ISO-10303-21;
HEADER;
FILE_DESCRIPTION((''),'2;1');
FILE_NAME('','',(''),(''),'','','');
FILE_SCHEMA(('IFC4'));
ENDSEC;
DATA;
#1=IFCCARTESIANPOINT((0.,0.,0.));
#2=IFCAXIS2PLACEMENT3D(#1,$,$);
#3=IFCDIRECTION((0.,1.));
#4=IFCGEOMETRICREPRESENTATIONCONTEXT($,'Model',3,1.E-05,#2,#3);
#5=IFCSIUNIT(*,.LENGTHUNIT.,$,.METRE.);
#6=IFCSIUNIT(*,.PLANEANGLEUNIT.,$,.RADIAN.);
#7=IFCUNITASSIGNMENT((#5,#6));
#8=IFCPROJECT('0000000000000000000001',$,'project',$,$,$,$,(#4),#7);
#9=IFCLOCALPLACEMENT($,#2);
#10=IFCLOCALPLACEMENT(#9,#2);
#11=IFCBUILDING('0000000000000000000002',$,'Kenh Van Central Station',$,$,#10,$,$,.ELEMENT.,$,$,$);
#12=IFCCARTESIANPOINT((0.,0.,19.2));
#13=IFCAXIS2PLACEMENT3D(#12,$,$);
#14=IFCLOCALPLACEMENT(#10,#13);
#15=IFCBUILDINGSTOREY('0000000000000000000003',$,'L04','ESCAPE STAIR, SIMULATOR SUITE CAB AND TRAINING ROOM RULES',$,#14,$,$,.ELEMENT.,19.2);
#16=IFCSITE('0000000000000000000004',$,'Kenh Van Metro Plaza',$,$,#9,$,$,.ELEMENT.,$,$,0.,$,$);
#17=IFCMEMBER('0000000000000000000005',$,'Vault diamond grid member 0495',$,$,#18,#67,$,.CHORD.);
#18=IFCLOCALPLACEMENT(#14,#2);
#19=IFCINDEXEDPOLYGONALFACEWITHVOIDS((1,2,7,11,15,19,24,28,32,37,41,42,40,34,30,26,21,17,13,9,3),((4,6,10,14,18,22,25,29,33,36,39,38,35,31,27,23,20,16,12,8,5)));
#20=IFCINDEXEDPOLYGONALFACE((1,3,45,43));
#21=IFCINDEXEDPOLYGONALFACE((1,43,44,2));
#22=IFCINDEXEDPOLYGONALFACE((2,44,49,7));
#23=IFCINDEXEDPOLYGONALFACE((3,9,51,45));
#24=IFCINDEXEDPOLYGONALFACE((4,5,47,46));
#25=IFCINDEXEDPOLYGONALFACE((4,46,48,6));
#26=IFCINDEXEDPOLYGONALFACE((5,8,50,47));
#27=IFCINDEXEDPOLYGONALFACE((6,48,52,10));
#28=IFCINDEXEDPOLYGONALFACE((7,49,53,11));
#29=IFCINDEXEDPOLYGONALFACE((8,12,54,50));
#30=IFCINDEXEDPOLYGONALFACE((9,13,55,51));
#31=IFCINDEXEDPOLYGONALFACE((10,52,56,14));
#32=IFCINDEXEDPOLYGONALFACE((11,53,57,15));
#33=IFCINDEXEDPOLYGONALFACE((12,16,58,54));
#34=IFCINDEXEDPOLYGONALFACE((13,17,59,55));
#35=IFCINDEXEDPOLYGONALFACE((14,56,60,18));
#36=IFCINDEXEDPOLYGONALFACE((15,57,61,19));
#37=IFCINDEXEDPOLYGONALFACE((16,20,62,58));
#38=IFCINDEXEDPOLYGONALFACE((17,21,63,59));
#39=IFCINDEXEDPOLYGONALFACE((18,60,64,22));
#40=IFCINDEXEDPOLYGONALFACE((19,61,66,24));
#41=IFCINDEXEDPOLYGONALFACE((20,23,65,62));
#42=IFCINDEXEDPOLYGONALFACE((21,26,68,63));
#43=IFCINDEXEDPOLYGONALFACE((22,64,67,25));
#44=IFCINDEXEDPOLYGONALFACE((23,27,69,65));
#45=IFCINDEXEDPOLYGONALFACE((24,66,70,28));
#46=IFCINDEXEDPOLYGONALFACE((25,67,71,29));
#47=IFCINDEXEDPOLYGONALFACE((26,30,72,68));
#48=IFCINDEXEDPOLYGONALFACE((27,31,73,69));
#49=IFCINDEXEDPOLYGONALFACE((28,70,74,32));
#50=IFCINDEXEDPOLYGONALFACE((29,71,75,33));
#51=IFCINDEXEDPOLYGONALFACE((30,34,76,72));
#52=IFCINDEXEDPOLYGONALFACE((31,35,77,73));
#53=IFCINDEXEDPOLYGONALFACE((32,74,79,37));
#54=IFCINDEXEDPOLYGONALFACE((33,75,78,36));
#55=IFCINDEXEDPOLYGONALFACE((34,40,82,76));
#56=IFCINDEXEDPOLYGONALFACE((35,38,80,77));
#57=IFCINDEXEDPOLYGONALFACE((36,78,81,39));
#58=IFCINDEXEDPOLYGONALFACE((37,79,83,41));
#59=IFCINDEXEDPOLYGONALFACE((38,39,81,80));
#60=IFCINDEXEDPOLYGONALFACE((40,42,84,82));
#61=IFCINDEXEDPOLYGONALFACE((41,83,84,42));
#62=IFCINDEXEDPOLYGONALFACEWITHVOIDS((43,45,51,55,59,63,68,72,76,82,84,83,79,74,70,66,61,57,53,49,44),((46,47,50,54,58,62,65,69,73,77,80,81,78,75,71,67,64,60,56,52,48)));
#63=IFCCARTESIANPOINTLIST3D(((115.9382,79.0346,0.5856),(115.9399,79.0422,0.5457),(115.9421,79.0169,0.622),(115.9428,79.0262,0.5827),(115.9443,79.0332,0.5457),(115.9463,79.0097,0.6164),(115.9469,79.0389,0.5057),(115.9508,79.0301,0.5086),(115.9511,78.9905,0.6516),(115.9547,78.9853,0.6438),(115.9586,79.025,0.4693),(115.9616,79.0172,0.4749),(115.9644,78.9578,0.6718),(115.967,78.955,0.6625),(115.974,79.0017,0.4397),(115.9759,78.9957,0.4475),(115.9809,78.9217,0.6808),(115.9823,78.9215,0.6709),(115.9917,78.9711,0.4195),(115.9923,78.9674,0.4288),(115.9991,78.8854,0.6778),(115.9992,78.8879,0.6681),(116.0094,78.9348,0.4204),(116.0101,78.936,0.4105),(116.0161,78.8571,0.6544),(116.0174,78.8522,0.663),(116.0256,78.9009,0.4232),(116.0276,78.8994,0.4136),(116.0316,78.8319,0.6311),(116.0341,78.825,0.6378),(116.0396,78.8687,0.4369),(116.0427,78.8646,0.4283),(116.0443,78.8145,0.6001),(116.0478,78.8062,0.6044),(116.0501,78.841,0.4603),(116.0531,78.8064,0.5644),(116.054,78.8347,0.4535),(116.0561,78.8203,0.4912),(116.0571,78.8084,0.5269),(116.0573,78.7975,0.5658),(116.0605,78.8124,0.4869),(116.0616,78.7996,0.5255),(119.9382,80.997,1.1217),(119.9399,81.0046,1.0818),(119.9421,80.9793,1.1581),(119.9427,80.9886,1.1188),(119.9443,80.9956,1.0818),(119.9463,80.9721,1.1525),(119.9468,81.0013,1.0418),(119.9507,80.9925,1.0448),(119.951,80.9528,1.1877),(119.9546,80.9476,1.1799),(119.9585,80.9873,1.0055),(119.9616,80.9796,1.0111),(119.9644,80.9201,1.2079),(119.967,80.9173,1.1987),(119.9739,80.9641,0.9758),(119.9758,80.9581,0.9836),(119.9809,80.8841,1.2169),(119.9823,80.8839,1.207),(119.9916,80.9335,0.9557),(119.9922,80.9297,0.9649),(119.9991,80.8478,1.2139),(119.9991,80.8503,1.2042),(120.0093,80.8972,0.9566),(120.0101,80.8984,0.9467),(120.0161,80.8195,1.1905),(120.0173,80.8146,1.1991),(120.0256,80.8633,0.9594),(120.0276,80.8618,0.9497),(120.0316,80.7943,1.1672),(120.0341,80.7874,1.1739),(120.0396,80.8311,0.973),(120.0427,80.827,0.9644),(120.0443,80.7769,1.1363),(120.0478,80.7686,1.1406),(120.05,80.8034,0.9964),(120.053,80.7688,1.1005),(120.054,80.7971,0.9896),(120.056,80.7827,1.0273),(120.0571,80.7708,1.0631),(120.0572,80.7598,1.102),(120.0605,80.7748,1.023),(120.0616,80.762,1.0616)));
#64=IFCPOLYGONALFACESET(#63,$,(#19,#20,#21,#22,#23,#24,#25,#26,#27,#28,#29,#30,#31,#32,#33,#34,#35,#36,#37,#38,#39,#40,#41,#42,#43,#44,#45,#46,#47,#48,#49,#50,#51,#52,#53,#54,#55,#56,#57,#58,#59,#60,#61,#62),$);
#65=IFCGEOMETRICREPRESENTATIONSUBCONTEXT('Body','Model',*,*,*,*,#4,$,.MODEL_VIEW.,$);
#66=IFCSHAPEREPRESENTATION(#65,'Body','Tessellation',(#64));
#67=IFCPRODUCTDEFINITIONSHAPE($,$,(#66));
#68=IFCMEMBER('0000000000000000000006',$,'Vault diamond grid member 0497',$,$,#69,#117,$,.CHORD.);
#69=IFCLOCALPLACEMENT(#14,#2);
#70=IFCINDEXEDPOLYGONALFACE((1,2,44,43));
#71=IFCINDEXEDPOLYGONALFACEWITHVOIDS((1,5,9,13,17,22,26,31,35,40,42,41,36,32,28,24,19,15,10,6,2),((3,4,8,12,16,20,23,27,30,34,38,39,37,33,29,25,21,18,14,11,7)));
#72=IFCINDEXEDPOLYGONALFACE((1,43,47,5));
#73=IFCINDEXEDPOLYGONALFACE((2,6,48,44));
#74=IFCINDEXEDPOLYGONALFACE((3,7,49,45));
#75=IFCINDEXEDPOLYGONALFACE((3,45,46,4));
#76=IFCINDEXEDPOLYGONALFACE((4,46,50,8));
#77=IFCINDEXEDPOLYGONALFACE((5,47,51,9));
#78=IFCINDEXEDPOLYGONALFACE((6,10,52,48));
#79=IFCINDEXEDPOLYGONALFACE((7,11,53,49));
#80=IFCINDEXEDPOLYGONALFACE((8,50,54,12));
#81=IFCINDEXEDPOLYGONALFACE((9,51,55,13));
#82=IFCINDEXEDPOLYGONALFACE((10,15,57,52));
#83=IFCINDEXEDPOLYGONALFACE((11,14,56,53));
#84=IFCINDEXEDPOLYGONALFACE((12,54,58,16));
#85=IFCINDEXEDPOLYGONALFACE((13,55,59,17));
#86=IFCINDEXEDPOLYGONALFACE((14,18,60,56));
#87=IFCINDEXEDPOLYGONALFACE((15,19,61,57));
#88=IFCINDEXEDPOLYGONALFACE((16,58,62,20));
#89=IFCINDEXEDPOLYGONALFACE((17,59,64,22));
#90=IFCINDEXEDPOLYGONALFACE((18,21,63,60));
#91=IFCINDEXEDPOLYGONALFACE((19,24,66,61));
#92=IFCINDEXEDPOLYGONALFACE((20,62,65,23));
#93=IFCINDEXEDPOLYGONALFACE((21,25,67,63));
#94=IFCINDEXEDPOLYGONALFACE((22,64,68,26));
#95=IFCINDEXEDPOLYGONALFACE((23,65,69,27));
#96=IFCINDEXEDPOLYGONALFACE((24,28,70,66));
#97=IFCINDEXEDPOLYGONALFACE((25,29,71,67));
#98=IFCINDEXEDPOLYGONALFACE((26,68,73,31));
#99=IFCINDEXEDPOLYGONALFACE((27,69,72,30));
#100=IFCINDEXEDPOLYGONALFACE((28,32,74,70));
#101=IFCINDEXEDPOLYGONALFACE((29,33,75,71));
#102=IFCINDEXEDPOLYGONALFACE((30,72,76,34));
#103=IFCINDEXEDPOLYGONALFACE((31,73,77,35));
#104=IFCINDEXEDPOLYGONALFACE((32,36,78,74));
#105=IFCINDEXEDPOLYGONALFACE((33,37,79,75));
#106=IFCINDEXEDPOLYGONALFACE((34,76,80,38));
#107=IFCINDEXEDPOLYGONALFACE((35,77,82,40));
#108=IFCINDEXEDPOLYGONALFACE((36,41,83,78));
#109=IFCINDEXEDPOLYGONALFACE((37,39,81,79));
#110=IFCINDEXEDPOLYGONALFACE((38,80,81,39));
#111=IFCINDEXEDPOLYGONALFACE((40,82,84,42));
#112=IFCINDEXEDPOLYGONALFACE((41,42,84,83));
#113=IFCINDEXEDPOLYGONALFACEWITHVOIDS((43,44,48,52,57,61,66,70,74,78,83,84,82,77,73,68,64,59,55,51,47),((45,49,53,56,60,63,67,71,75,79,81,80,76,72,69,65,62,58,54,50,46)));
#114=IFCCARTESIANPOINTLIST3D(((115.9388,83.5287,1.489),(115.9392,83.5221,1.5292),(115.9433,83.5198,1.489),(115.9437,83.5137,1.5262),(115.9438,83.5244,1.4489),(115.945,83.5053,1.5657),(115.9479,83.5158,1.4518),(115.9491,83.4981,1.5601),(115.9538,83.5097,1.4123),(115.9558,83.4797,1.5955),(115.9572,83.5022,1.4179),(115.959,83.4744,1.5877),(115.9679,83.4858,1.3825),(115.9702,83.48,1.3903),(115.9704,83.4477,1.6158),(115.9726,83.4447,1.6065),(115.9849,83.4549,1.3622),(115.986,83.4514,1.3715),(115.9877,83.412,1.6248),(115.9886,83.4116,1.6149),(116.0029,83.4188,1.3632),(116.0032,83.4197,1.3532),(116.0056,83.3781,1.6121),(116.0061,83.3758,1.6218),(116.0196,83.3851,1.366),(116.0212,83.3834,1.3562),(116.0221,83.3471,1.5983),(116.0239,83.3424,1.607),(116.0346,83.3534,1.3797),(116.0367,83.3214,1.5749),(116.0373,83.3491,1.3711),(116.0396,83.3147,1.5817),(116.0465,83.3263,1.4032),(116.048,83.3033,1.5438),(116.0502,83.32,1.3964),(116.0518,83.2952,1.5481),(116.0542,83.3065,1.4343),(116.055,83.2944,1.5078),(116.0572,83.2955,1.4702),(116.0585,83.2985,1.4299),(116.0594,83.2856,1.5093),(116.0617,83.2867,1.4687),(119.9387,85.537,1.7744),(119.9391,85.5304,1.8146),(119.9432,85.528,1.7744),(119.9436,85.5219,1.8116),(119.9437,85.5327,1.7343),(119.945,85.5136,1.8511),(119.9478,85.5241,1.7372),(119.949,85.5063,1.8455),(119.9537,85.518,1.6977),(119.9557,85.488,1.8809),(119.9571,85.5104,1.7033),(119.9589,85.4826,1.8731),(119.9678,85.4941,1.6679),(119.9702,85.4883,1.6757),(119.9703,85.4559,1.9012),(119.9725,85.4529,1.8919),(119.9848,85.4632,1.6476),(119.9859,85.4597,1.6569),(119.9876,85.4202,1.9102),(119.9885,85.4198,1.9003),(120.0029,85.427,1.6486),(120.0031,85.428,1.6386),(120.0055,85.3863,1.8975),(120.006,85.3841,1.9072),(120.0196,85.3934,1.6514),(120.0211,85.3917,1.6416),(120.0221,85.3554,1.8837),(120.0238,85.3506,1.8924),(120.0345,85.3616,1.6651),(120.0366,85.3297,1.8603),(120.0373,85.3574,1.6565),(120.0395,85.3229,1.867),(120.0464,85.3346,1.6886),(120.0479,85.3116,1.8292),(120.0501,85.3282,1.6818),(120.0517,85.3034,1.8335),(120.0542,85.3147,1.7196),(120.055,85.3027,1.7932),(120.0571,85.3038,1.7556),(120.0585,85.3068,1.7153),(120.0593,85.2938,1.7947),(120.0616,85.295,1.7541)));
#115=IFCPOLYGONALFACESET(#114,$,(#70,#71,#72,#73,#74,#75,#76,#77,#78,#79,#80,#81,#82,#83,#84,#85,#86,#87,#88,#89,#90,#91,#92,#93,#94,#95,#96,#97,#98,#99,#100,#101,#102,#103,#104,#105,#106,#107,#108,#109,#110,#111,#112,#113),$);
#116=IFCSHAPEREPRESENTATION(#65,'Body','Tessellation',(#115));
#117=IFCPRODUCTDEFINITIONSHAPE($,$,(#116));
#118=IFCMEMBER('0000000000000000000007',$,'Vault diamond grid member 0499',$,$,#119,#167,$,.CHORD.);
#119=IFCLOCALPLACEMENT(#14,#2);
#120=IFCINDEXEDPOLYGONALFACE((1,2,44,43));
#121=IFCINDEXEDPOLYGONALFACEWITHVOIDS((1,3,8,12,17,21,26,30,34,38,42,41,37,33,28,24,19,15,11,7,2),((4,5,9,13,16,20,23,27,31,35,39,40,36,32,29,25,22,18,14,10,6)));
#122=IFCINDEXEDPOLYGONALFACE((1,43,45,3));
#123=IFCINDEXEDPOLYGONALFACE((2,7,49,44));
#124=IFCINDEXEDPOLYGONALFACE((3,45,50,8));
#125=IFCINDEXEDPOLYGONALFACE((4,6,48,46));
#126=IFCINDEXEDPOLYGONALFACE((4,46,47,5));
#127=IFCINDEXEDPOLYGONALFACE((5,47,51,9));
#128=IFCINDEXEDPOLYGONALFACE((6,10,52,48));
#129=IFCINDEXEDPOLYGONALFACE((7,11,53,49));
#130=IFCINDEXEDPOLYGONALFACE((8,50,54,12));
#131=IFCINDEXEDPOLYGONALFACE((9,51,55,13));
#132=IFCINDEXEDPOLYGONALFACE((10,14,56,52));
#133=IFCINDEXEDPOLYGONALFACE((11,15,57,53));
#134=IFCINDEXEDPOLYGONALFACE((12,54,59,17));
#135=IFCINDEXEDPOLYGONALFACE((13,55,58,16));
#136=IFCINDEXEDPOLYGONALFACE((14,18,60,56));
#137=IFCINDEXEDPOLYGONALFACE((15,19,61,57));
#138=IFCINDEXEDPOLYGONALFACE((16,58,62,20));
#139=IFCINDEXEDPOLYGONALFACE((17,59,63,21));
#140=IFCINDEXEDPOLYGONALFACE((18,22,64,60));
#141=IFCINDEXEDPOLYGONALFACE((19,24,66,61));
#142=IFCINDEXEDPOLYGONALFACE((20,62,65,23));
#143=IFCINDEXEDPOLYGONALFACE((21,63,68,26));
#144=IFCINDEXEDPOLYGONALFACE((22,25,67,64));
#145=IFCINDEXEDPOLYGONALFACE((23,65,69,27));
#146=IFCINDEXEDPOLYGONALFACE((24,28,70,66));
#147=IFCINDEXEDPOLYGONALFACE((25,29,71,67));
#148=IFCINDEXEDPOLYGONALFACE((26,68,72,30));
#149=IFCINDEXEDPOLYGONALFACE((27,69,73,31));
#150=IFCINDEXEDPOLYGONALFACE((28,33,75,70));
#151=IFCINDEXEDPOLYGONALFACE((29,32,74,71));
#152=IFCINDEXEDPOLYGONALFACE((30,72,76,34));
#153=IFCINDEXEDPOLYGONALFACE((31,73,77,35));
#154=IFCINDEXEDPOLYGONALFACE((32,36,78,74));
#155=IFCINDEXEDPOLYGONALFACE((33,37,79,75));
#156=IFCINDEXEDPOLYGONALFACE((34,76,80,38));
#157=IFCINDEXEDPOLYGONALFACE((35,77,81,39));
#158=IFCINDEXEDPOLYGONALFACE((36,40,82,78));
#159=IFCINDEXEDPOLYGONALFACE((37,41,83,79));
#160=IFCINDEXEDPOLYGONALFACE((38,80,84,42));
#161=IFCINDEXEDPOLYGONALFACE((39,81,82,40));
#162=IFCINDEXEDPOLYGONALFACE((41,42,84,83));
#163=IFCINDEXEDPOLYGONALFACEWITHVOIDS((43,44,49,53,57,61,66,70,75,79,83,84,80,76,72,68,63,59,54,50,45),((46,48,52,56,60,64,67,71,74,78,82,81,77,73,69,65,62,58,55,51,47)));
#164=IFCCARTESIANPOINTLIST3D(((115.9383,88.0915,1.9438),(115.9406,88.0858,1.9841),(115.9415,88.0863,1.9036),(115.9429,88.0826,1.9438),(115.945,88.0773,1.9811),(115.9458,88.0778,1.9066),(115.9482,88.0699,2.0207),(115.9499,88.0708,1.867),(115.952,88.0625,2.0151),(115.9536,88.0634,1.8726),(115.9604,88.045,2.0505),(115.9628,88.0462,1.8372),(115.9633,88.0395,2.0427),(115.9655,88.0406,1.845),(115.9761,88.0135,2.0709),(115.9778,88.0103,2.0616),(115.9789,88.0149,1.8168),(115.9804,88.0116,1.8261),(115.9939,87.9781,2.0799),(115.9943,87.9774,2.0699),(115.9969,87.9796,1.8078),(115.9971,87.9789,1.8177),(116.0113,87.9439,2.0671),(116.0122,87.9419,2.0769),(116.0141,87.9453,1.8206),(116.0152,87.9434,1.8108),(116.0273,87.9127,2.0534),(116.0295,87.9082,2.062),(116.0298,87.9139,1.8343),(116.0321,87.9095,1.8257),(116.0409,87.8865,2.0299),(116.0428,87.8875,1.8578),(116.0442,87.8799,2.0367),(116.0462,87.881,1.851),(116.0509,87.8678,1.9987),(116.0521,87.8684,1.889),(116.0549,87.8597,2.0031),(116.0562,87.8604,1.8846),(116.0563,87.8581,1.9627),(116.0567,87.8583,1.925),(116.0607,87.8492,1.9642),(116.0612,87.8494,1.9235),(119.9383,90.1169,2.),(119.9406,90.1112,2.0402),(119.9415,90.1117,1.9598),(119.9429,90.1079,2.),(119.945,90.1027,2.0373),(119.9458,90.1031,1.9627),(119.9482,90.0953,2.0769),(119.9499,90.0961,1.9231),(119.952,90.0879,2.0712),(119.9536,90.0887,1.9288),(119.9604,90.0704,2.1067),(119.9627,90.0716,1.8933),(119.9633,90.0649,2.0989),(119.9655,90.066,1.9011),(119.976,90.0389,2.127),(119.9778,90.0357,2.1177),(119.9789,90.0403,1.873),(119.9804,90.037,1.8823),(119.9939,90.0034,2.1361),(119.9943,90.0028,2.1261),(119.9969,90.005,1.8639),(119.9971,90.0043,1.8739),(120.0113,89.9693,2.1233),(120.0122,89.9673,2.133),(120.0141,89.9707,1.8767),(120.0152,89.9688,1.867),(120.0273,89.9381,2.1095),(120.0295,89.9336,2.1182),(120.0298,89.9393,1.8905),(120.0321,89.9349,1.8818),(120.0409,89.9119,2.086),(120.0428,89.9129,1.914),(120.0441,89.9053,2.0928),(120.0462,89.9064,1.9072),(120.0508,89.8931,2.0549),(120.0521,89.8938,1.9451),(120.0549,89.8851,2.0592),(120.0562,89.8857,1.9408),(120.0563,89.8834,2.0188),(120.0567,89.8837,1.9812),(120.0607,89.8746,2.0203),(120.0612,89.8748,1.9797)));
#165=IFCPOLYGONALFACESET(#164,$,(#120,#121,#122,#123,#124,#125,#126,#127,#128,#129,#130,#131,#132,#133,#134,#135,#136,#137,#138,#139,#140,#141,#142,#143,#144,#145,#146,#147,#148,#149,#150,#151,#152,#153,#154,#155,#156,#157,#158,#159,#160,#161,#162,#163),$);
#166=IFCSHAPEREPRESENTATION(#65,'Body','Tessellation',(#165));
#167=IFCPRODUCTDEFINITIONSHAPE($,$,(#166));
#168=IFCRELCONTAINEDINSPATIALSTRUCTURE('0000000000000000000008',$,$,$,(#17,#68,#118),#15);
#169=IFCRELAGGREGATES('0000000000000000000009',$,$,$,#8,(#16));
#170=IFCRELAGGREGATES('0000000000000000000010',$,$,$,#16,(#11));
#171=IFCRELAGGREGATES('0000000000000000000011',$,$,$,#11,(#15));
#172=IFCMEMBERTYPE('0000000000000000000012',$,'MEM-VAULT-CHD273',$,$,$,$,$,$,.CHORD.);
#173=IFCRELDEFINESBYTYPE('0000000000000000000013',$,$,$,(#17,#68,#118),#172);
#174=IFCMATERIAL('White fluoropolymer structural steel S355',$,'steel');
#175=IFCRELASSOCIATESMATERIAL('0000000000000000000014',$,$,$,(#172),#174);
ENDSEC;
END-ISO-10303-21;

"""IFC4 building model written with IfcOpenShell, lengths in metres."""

from ifc_helpers import new_model, si_unit, direction, frame, origin, origin_2d, place, context, subcontext, project, spatial, hollow_circle, extrude, material, material_profile, profile_set, type_object, element, save


model = new_model("IFC4")

# Units and contexts
model_context = context("Model", 3, precision=1e-05, world=origin(), true_north=direction((0.0, 1.0)))
body_context = subcontext(model_context, "Body", "Model", "MODEL_VIEW")
ifc_project = project(units=[si_unit("LENGTHUNIT", "METRE"), si_unit("PLANEANGLEUNIT", "RADIAN")], contexts=[model_context])

# Site, building, storey
site_placement = place(None, origin())
site = spatial("IfcSite", under=ifc_project, at=site_placement, Name="Kenh Van Metro Plaza", CompositionType="ELEMENT", RefElevation=0.0)
building_placement = place(site_placement, origin())
building = spatial("IfcBuilding", under=site, at=building_placement, Name="Kenh Van Central Station", CompositionType="ELEMENT")
storey_placement = place(building_placement, frame((0.0, 0.0, 19.2)))
storey = spatial("IfcBuildingStorey", under=building, at=storey_placement, Name="L04", Description="ESCAPE STAIR, SIMULATOR SUITE CAB AND TRAINING ROOM RULES", CompositionType="ELEMENT", Elevation=19.2)

# Shared definitions
ifc_material_1 = material(Name="White fluoropolymer structural steel S355", Category="steel")

# Members
ifc_material_profile_1 = material_profile(ifc_material_1, hollow_circle(Radius=0.1365, WallThickness=0.01, at=origin_2d()), Name="CHS 273x10")
ifc_profile_set_1 = profile_set([ifc_material_profile_1], Name="White fluoropolymer structural steel S355")
member_type_1 = type_object("IfcMemberType", Name="MEM-VAULT-CHD273", PredefinedType="CHORD", material=ifc_profile_set_1)
member_1_placement = place(storey_placement, frame((116.0, 78.9197, 0.5457), z_axis=(0.891347, 0.437295, 0.11947), x_axis=(-0.44045, 0.897777, 0.0)))
element("IfcMember", 1, at=member_1_placement, inside=storey, type_object=member_type_1, Name="Vault diamond grid member 0495", PredefinedType="CHORD", context=body_context, shape_type="SweptSolid", body=[
    extrude(hollow_circle(Radius=0.1365, WallThickness=0.01, at=origin_2d()), origin(), (0.0, 0.0, 1.0), 4.4875),
])
member_2_placement = place(storey_placement, frame((116.0, 83.4067, 1.489), z_axis=(0.891873, 0.447787, 0.063635), x_axis=(-0.448697, 0.893684, 0.0)))
element("IfcMember", 2, at=member_2_placement, inside=storey, type_object=member_type_1, Name="Vault diamond grid member 0497", PredefinedType="CHORD", context=body_context, shape_type="SweptSolid", body=[
    extrude(hollow_circle(Radius=0.1365, WallThickness=0.01, at=origin_2d()), origin(), (0.0, 0.0, 1.0), 4.4849),
])
member_3_placement = place(storey_placement, frame((116.0, 87.9697, 1.9438), z_axis=(0.892081, 0.451703, 0.012523), x_axis=(-0.451738, 0.89215, 0.0)))
element("IfcMember", 3, at=member_3_placement, inside=storey, type_object=member_type_1, Name="Vault diamond grid member 0499", PredefinedType="CHORD", context=body_context, shape_type="SweptSolid", body=[
    extrude(hollow_circle(Radius=0.1365, WallThickness=0.01, at=origin_2d()), origin(), (0.0, 0.0, 1.0), 4.4839),
])

save(model, "model.ifc")
